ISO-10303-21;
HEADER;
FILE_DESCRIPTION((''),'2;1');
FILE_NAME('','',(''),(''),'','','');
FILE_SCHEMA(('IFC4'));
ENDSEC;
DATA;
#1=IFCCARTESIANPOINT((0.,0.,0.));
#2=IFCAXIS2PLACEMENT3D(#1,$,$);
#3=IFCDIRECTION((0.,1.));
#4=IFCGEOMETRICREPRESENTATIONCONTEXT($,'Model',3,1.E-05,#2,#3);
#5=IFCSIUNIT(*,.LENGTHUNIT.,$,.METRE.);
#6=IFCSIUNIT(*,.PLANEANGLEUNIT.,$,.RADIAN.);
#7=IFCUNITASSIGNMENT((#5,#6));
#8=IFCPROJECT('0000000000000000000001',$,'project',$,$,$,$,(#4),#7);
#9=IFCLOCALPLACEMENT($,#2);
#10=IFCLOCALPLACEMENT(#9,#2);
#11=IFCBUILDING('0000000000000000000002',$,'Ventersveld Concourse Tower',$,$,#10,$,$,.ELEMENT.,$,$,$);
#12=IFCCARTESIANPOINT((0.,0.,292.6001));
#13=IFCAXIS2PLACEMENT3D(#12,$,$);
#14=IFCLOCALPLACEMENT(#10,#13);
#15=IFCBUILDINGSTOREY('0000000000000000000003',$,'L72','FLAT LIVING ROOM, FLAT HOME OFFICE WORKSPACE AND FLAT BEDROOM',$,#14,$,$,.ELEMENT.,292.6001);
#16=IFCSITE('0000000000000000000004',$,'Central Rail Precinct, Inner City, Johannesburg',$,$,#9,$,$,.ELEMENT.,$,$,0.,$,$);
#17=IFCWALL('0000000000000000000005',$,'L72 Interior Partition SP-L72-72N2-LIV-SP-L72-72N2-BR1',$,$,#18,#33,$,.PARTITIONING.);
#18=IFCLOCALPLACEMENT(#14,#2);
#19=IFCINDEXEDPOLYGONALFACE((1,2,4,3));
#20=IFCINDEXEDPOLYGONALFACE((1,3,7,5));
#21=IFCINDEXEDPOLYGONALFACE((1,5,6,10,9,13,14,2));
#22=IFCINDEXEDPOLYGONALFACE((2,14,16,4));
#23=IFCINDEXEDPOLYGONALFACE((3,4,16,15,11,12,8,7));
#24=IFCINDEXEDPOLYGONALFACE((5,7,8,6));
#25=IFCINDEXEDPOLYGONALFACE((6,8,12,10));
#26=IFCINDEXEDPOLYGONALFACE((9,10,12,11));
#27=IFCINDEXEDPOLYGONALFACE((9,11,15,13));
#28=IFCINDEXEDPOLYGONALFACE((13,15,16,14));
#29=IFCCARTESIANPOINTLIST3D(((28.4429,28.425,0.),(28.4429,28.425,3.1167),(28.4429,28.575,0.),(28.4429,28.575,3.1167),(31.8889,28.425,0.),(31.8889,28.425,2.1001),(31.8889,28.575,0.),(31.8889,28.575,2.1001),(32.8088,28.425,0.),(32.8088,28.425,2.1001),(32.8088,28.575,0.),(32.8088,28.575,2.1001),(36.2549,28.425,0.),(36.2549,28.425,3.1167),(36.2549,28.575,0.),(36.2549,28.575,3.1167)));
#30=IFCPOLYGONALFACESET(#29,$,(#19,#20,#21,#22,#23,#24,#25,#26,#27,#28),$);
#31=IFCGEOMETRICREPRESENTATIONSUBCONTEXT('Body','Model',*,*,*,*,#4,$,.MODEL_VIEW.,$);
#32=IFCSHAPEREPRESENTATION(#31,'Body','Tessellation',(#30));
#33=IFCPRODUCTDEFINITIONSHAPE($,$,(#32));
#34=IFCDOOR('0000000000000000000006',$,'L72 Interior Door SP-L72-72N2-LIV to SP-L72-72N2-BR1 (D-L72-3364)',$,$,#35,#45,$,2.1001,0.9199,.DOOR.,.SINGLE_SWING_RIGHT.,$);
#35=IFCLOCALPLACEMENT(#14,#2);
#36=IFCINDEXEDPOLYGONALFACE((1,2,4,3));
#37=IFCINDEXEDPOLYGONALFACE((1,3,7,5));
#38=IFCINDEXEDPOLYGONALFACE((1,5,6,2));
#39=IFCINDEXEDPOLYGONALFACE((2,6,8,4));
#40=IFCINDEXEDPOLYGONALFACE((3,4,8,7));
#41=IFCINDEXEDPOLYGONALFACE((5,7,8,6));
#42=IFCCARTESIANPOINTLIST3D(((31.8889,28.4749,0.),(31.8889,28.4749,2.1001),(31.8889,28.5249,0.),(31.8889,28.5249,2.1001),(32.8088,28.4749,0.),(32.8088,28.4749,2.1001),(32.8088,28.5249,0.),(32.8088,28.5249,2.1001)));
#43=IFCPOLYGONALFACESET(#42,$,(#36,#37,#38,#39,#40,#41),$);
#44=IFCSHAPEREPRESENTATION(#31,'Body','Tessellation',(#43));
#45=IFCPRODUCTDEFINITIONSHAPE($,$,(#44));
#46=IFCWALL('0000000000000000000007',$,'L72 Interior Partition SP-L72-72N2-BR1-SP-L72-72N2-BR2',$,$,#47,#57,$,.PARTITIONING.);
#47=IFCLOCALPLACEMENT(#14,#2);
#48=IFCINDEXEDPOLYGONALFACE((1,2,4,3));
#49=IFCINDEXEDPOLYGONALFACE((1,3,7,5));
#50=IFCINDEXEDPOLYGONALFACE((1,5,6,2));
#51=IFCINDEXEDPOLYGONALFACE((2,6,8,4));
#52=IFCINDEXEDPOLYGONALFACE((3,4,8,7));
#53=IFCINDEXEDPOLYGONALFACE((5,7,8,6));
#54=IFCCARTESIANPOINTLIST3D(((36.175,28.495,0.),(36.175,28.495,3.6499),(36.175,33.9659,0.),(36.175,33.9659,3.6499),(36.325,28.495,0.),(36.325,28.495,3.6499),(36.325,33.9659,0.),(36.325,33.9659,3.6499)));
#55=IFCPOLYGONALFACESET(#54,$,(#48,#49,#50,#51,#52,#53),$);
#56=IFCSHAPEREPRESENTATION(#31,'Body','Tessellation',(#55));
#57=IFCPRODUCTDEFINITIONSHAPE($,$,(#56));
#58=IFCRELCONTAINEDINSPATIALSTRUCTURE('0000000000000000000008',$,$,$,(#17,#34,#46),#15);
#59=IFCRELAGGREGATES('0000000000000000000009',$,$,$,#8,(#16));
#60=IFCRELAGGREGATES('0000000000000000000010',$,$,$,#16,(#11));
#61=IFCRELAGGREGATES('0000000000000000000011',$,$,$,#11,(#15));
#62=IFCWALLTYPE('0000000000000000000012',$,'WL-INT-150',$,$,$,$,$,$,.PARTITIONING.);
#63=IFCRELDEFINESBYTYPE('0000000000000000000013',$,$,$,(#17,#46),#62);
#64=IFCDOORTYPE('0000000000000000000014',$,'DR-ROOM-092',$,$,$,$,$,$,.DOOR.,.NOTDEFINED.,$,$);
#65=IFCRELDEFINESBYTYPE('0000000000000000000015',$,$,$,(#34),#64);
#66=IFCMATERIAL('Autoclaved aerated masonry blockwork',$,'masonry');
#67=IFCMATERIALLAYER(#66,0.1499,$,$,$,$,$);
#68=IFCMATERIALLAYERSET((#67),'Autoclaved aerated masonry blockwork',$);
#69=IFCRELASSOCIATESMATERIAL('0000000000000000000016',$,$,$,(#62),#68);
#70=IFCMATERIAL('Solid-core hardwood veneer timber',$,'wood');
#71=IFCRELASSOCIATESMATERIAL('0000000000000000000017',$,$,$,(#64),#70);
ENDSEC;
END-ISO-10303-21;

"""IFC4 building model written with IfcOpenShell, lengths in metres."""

from ifc_helpers import new_model, si_unit, direction, frame, frame_2d, origin, place, context, subcontext, project, spatial, rectangle, extrude, material, layer, layer_set, type_object, element, fill, save


model = new_model("IFC4")

# Units and contexts
model_context = context("Model", 3, precision=1e-05, world=origin(), true_north=direction((0.0, 1.0)))
body_context = subcontext(model_context, "Body", "Model", "MODEL_VIEW")
ifc_project = project(units=[si_unit("LENGTHUNIT", "METRE"), si_unit("PLANEANGLEUNIT", "RADIAN")], contexts=[model_context])

# Site, building, storey
site_placement = place(None, origin())
site = spatial("IfcSite", under=ifc_project, at=site_placement, Name="Central Rail Precinct, Inner City, Johannesburg", CompositionType="ELEMENT", RefElevation=0.0)
building_placement = place(site_placement, origin())
building = spatial("IfcBuilding", under=site, at=building_placement, Name="Ventersveld Concourse Tower", CompositionType="ELEMENT")
storey_placement = place(building_placement, frame((0.0, 0.0, 292.6001)))
storey = spatial("IfcBuildingStorey", under=building, at=storey_placement, Name="L72", Description="FLAT LIVING ROOM, FLAT HOME OFFICE WORKSPACE AND FLAT BEDROOM", CompositionType="ELEMENT", Elevation=292.6001)

# Shared definitions
ifc_material_1 = material(Name="Autoclaved aerated masonry blockwork", Category="masonry")
ifc_layer_1 = layer(ifc_material_1, 0.1499)
ifc_layer_set_1 = layer_set([ifc_layer_1], Name="Autoclaved aerated masonry blockwork")
wall_type_1 = type_object("IfcWallType", Name="WL-INT-150", PredefinedType="PARTITIONING", material=ifc_layer_set_1)

# Wall, opening, door
wall_1_placement = place(storey_placement, frame((28.4429, 28.5, 0.0), z_axis=(0.0, 0.0, 1.0), x_axis=(1.0, 0.0, 0.0)))
wall_1 = element("IfcWall", 1, at=wall_1_placement, inside=storey, type_object=wall_type_1, Name="L72 Interior Partition SP-L72-72N2-LIV-SP-L72-72N2-BR1", PredefinedType="PARTITIONING", context=body_context, shape_type="SweptSolid", body=[
    extrude(rectangle(XDim=7.812, YDim=0.1499, at=frame_2d((3.906, 0.0))), origin(), (0.0, 0.0, 1.0), 3.1167),
])
opening_placement = place(wall_1_placement, frame((3.446, 0.0, 0.0)))
opening = element("IfcOpeningElement", 2, at=opening_placement, cuts=wall_1, PredefinedType="OPENING", context=body_context, shape_type="SweptSolid", body=[
    extrude(rectangle(XDim=0.9199, YDim=2.1001, at=frame_2d((0.46, 1.05))), frame((0.0, 0.085, 0.0), z_axis=(0.0, -1.0, 0.0), x_axis=(1.0, 0.0, 0.0)), (0.0, 0.0, 1.0), 0.1699),
])
ifc_material_2 = material(Name="Solid-core hardwood veneer timber", Category="wood")
door_type = type_object("IfcDoorType", Name="DR-ROOM-092", OperationType="NOTDEFINED", PredefinedType="DOOR", material=ifc_material_2)
door_placement = place(opening_placement, origin())
door = element("IfcDoor", 3, at=door_placement, inside=storey, type_object=door_type, Name="L72 Interior Door SP-L72-72N2-LIV to SP-L72-72N2-BR1 (D-L72-3364)", OperationType="SINGLE_SWING_RIGHT", OverallHeight=2.1001, OverallWidth=0.9199, PredefinedType="DOOR", context=body_context, shape_type="SweptSolid", body=[
    extrude(rectangle(XDim=0.9199, YDim=2.1001, at=frame_2d((0.46, 1.05))), frame((0.0, 0.0249, 0.0), z_axis=(0.0, -1.0, 0.0), x_axis=(1.0, 0.0, 0.0)), (0.0, 0.0, 1.0), 0.05),
])
fill(opening, door)

# Wall
wall_2_placement = place(storey_placement, frame((36.25, 28.4951, 0.0), z_axis=(0.0, 0.0, 1.0), x_axis=(0.0, 1.0, 0.0)))
element("IfcWall", 4, at=wall_2_placement, inside=storey, type_object=wall_type_1, Name="L72 Interior Partition SP-L72-72N2-BR1-SP-L72-72N2-BR2", PredefinedType="PARTITIONING", context=body_context, shape_type="SweptSolid", body=[
    extrude(rectangle(XDim=5.4709, YDim=0.1499, at=frame_2d((2.7354, 0.0))), origin(), (0.0, 0.0, 1.0), 3.6499),
])

save(model, "model.ifc")
